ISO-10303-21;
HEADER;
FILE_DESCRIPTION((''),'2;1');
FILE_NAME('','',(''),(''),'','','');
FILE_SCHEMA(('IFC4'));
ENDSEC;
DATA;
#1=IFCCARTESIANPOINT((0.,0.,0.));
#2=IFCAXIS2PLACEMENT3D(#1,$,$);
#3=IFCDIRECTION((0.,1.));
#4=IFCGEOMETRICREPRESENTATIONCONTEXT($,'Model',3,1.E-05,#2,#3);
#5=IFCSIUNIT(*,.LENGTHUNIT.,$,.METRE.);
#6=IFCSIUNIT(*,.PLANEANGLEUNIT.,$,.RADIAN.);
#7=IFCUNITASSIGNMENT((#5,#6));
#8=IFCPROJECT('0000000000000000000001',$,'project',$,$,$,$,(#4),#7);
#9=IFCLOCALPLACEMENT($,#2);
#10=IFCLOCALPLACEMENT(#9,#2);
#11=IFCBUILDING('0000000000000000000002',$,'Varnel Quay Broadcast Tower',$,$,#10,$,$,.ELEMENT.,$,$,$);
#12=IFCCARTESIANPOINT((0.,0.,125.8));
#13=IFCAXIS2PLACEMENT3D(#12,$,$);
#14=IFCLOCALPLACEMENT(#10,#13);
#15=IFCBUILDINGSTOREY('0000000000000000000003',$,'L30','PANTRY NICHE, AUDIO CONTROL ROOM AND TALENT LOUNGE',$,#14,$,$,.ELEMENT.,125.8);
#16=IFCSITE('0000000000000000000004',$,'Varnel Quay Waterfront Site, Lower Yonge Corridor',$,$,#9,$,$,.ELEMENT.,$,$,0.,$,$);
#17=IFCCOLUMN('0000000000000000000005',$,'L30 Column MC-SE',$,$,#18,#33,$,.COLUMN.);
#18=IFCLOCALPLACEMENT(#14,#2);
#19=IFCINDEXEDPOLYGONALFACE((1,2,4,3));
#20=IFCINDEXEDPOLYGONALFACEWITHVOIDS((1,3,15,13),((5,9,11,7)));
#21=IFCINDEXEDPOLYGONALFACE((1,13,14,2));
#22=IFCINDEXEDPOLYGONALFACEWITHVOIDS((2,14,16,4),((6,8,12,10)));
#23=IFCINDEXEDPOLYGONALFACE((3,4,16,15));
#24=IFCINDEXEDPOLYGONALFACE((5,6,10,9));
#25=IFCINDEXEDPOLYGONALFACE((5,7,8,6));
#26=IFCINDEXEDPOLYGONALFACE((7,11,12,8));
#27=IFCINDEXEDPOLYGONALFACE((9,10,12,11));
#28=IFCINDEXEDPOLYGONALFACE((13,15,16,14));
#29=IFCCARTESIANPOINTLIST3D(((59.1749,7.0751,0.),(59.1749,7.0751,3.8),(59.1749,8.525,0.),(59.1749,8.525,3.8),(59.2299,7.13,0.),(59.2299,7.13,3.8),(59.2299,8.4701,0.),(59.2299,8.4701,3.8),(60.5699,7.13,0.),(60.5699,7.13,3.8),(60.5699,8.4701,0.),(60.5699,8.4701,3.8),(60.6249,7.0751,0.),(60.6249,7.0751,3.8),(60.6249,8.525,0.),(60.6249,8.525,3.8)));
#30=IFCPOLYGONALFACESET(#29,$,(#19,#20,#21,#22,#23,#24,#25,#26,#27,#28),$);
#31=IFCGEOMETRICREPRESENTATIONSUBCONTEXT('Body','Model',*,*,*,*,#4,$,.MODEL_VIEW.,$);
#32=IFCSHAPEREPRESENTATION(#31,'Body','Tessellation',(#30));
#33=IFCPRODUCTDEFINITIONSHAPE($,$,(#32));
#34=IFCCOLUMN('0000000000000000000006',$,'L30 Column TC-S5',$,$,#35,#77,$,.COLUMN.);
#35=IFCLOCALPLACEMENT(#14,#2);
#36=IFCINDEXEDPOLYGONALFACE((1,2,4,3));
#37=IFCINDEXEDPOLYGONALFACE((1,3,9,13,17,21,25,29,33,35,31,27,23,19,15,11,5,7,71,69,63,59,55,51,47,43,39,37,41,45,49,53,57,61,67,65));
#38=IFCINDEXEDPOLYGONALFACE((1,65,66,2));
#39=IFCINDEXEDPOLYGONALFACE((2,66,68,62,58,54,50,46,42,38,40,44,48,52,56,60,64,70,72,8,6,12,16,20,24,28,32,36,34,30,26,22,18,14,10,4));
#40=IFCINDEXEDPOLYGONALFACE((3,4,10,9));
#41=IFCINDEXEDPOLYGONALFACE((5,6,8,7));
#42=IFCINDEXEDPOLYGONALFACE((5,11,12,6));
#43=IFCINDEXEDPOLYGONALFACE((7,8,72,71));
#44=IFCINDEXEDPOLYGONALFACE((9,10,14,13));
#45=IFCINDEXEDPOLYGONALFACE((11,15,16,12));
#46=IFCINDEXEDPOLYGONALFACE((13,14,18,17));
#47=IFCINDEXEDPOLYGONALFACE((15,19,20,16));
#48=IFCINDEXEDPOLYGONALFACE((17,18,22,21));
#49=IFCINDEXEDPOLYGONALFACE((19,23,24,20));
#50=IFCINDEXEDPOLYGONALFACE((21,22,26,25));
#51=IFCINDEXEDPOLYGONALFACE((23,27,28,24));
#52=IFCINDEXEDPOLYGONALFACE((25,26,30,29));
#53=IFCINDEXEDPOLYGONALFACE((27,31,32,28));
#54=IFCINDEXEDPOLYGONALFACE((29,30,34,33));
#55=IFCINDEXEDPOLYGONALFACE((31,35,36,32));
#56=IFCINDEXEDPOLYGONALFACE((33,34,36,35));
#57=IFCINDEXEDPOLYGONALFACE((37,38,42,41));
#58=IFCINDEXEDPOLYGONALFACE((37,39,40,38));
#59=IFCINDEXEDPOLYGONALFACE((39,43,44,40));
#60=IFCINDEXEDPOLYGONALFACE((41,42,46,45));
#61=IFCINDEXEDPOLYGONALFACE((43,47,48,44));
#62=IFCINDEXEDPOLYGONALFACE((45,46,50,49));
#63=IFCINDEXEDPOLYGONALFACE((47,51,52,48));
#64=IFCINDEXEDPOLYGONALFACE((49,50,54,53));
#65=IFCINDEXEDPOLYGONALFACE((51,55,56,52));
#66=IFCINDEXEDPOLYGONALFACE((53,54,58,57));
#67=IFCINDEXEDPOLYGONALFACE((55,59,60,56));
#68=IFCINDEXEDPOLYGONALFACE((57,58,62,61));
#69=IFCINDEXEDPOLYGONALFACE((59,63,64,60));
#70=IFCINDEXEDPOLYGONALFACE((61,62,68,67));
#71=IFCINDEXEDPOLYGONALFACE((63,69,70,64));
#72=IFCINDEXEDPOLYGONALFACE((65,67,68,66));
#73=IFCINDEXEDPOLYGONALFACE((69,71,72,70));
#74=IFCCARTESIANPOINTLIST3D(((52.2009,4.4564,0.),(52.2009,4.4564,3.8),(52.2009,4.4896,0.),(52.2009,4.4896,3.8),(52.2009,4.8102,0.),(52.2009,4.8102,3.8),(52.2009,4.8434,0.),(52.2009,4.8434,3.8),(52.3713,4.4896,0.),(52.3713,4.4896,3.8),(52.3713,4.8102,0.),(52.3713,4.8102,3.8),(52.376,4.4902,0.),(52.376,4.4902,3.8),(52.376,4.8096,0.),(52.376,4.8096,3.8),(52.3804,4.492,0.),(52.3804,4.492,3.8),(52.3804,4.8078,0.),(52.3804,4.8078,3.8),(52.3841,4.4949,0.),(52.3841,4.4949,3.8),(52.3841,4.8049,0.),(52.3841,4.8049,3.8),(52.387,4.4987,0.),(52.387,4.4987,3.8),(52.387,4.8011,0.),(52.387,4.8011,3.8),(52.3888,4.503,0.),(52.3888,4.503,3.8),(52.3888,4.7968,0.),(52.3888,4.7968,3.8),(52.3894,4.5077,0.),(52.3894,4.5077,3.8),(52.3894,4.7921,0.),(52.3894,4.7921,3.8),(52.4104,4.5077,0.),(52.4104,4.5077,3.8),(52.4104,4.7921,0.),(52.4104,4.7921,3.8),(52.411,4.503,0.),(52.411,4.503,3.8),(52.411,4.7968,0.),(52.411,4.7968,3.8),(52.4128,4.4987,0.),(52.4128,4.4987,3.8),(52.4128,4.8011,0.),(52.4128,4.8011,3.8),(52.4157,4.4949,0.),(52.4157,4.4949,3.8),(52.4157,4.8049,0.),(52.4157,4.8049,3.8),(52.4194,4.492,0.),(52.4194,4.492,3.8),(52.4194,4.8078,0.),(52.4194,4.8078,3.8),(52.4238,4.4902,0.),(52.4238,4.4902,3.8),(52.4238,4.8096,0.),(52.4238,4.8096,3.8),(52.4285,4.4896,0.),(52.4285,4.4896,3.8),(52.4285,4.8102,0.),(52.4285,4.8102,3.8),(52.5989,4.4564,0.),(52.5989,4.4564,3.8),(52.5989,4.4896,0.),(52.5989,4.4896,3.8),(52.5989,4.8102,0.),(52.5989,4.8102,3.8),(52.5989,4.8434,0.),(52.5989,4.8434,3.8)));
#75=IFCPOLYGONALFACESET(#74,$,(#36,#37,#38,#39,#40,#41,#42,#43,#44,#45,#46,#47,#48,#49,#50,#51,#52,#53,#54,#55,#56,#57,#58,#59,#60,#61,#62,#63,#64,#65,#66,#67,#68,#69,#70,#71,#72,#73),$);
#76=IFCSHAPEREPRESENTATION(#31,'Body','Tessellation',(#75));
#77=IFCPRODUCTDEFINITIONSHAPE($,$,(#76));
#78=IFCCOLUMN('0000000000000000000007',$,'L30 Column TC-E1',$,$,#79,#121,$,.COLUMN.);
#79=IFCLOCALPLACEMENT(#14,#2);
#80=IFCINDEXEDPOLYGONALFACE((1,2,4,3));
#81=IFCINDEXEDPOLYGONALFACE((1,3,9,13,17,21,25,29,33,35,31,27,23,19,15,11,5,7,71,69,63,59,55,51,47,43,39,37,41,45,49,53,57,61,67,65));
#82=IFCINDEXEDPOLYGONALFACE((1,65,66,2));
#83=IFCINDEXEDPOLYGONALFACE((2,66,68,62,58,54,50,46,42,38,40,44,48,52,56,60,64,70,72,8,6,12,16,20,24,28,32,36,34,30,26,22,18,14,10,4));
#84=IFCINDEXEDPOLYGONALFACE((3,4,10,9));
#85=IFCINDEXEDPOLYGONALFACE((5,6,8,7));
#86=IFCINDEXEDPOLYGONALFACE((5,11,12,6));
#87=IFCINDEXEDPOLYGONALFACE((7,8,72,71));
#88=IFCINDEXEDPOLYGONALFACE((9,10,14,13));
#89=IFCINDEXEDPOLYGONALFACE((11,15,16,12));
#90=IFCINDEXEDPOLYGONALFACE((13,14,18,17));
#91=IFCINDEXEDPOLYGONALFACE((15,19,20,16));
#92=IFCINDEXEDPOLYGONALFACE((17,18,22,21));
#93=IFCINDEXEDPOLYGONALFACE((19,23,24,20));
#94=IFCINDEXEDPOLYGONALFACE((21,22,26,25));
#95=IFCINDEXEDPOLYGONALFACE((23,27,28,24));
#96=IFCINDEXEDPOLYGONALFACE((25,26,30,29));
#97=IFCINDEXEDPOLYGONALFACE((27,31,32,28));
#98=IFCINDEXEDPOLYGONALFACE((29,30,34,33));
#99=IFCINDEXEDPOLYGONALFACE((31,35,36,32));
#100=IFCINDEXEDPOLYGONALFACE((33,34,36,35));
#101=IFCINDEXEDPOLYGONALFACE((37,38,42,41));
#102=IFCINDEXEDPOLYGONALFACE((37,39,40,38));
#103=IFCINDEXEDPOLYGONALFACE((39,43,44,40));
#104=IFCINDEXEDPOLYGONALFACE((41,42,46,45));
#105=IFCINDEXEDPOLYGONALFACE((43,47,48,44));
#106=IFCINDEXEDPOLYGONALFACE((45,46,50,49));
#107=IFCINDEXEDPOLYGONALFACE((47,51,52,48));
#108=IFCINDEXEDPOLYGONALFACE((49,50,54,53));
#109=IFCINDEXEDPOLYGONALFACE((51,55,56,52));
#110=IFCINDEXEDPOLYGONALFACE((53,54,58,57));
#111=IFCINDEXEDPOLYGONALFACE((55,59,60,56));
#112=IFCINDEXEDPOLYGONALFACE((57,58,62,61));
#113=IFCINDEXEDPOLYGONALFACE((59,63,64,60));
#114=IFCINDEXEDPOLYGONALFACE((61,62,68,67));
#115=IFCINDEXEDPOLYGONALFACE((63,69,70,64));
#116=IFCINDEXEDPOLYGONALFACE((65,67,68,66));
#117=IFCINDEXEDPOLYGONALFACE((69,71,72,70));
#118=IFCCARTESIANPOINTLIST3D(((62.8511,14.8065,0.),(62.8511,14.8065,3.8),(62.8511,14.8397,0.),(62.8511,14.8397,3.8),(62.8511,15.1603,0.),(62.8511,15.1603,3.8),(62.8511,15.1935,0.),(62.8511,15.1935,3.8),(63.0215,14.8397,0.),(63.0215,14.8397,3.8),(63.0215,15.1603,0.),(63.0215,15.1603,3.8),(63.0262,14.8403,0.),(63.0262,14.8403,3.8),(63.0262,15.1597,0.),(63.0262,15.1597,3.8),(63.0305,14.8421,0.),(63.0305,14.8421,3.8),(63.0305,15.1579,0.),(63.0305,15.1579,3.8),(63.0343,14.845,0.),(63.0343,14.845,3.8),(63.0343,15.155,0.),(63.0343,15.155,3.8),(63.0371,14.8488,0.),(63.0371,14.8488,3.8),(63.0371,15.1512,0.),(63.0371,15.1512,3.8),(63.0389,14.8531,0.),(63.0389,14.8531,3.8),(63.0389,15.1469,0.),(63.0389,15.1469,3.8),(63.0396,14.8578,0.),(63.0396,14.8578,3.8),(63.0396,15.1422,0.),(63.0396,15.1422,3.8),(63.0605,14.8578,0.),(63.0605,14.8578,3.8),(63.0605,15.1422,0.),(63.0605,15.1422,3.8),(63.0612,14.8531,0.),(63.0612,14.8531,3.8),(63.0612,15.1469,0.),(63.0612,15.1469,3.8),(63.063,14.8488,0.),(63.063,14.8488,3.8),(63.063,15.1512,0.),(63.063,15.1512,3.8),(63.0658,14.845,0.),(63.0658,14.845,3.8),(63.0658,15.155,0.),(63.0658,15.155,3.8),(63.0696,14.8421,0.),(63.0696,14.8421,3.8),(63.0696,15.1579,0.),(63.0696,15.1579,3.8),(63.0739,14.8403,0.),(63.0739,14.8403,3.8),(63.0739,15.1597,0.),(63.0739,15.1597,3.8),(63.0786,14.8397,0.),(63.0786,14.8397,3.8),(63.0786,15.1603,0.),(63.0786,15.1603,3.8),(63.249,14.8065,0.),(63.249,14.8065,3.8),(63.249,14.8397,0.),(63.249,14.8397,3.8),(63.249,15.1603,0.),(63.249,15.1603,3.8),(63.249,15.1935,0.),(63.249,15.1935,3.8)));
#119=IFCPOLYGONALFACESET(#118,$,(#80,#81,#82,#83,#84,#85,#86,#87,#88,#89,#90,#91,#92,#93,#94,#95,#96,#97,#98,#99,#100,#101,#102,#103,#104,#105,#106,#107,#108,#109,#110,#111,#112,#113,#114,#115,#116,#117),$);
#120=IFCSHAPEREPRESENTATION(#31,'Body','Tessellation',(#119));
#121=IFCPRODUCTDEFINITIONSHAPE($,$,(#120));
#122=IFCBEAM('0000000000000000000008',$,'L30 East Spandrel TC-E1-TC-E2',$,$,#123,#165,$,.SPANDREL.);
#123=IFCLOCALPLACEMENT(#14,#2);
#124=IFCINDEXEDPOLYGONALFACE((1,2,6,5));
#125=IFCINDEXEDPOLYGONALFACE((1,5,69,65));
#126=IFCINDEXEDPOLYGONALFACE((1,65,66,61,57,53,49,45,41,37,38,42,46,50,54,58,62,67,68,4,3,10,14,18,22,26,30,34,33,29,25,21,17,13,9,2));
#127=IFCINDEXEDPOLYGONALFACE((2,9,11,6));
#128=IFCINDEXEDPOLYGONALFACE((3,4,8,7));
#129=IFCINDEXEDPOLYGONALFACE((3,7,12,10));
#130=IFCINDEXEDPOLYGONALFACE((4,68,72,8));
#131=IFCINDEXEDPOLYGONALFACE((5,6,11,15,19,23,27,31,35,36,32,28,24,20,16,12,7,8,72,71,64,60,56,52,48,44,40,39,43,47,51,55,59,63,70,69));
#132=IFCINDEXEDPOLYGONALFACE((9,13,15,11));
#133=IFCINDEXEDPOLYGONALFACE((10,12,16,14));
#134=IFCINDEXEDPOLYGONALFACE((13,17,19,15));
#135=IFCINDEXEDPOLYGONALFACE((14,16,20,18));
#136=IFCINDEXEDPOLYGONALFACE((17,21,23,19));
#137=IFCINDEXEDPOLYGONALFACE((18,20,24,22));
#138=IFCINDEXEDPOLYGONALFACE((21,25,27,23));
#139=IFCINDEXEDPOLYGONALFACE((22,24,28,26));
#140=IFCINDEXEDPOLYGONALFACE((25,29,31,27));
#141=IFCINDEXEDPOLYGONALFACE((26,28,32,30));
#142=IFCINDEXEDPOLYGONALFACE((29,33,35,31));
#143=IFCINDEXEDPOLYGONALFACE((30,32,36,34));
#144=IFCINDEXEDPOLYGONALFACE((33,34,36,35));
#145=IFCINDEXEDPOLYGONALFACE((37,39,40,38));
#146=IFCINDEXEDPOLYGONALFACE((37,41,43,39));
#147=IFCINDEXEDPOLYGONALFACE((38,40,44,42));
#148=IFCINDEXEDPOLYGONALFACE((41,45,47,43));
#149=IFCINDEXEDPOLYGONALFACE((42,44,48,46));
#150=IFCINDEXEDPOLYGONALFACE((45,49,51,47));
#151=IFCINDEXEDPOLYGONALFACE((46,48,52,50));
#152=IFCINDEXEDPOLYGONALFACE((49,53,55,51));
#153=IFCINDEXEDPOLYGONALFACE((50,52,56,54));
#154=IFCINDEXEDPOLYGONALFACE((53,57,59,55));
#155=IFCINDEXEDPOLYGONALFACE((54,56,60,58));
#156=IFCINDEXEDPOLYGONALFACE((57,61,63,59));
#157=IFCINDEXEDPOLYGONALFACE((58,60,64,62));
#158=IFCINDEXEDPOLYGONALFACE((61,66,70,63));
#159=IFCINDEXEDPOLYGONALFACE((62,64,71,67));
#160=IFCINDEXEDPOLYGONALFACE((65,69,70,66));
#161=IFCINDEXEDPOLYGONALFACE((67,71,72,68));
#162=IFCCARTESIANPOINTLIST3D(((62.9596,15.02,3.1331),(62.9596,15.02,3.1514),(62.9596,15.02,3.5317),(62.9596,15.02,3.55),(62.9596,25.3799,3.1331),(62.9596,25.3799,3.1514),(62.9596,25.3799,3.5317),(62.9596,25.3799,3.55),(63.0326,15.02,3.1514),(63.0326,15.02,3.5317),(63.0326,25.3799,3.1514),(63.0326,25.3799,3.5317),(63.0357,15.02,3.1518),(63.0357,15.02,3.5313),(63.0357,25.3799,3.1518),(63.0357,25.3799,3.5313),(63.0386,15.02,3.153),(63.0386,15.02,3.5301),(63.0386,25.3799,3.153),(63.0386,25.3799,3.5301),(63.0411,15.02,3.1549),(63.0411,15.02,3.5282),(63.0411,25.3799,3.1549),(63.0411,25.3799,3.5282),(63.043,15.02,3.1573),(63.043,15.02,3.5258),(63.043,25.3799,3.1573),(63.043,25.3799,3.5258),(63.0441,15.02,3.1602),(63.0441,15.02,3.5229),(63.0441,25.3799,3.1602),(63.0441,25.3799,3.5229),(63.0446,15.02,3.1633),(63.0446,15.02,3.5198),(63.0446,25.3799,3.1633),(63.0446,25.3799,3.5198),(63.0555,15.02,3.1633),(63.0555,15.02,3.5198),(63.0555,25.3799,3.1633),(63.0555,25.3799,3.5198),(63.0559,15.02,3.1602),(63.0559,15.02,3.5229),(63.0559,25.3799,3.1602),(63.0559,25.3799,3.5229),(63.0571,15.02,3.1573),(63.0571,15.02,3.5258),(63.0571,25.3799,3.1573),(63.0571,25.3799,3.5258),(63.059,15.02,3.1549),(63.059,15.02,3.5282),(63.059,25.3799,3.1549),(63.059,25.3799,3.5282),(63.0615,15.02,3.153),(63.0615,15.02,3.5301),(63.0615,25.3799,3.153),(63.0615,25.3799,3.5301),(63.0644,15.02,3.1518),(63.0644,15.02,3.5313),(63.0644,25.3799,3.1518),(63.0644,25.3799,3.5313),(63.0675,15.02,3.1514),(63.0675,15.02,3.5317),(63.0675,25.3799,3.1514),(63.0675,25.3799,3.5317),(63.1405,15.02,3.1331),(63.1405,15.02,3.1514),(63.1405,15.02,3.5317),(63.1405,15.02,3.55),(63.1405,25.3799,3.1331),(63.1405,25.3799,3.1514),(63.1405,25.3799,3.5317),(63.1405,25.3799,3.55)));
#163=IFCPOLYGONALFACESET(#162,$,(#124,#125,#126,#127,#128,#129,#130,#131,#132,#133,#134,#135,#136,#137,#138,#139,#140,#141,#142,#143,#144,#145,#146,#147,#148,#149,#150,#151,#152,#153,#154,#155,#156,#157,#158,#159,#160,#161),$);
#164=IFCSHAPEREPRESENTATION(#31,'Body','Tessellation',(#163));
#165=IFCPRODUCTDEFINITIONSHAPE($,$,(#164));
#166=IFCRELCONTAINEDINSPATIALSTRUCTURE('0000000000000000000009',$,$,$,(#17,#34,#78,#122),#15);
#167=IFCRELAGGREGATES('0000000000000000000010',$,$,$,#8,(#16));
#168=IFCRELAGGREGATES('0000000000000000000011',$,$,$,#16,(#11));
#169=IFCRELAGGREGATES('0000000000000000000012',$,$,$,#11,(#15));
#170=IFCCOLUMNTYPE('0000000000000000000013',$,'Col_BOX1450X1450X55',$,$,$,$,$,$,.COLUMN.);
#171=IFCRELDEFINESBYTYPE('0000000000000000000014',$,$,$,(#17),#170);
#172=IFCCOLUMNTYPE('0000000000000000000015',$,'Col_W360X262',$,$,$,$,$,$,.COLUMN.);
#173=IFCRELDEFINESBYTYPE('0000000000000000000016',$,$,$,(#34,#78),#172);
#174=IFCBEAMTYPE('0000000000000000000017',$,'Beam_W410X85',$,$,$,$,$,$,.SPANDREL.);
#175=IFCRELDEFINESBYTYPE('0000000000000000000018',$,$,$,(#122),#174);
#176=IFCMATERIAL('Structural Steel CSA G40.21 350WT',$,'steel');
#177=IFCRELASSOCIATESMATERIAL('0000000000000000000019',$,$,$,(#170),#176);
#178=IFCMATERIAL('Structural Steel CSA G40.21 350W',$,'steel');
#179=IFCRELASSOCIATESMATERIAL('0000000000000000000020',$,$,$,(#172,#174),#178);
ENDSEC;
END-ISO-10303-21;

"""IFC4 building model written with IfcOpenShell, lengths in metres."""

from ifc_helpers import new_model, si_unit, direction, frame, origin, origin_2d, place, context, subcontext, project, spatial, hollow_rectangle, i_section, extrude, source, transform, mapped, material, material_profile, profile_set, type_object, type_shapes, element, save


model = new_model("IFC4")

# Units and contexts
model_context = context("Model", 3, precision=1e-05, world=origin(), true_north=direction((0.0, 1.0)))
body_context = subcontext(model_context, "Body", "Model", "MODEL_VIEW")
ifc_project = project(units=[si_unit("LENGTHUNIT", "METRE"), si_unit("PLANEANGLEUNIT", "RADIAN")], contexts=[model_context])

# Site, building, storey
site_placement = place(None, origin())
site = spatial("IfcSite", under=ifc_project, at=site_placement, Name="Varnel Quay Waterfront Site, Lower Yonge Corridor", CompositionType="ELEMENT", RefElevation=0.0)
building_placement = place(site_placement, origin())
building = spatial("IfcBuilding", under=site, at=building_placement, Name="Varnel Quay Broadcast Tower", CompositionType="ELEMENT")
storey_placement = place(building_placement, frame((0.0, 0.0, 125.8)))
storey = spatial("IfcBuildingStorey", under=building, at=storey_placement, Name="L30", Description="PANTRY NICHE, AUDIO CONTROL ROOM AND TALENT LOUNGE", CompositionType="ELEMENT", Elevation=125.8)

# Columns
ifc_material_1 = material(Name="Structural Steel CSA G40.21 350WT", Category="steel")
ifc_material_profile_1 = material_profile(ifc_material_1, hollow_rectangle(XDim=1.45, YDim=1.45, WallThickness=0.0549, at=origin_2d()), Name="BOX1450X1450X55")
ifc_profile_set_1 = profile_set([ifc_material_profile_1], Name="Structural Steel CSA G40.21 350WT")
column_type_1 = type_object("IfcColumnType", Name="Col_BOX1450X1450X55", PredefinedType="COLUMN", material=ifc_profile_set_1)
shared_shape_1 = source(origin(), body_context, "Body", "SweptSolid", [
    extrude(hollow_rectangle(XDim=1.45, YDim=1.45, WallThickness=0.0549, at=origin_2d()), origin(), (0.0, 0.0, 1.0), 3.8),
])
type_shapes(column_type_1, [shared_shape_1])
column_placement = place(storey_placement, frame((59.8999, 7.8, 0.0), z_axis=(0.0, 0.0, 1.0), x_axis=(1.0, 0.0, 0.0)))
element("IfcColumn", 1, at=column_placement, inside=storey, type_object=column_type_1, Name="L30 Column MC-SE", PredefinedType="COLUMN", context=body_context, shape_type="MappedRepresentation", body=[
    mapped(shared_shape_1, transform((0.0, 0.0, 0.0), x_axis=(1.0, 0.0, 0.0), y_axis=(0.0, 1.0, 0.0), z_axis=(0.0, 0.0, 1.0), scale=1.0)),
])
ifc_material_2 = material(Name="Structural Steel CSA G40.21 350W", Category="steel")
ifc_material_profile_2 = material_profile(ifc_material_2, i_section(OverallWidth=0.3979, OverallDepth=0.387, WebThickness=0.021, FlangeThickness=0.0332, FilletRadius=0.0181, at=origin_2d()), Name="W360X262")
ifc_profile_set_2 = profile_set([ifc_material_profile_2], Name="Structural Steel CSA G40.21 350W")
column_type_2 = type_object("IfcColumnType", Name="Col_W360X262", PredefinedType="COLUMN", material=ifc_profile_set_2)
shared_shape_2 = source(origin(), body_context, "Body", "SweptSolid", [
    extrude(i_section(OverallWidth=0.3979, OverallDepth=0.387, WebThickness=0.021, FlangeThickness=0.0332, FilletRadius=0.0181, at=origin_2d()), origin(), (0.0, 0.0, 1.0), 3.8),
])
type_shapes(column_type_2, [shared_shape_2])
for number, where, z_axis, x_axis, name in (
    (2, (52.3999, 4.6499, 0.0), (0.0, 0.0, 1.0), (1.0, 0.0, 0.0), "L30 Column TC-S5"),
    (3, (63.05, 15.0, 0.0), (0.0, 0.0, 1.0), (1.0, 0.0, 0.0), "L30 Column TC-E1"),
):
    element("IfcColumn", number, at=place(storey_placement, frame(where, z_axis=z_axis, x_axis=x_axis)), inside=storey, type_object=column_type_2, Name=name, PredefinedType="COLUMN", context=body_context, shape_type="MappedRepresentation", body=[
        mapped(shared_shape_2, transform((0.0, 0.0, 0.0), x_axis=(1.0, 0.0, 0.0), y_axis=(0.0, 1.0, 0.0), z_axis=(0.0, 0.0, 1.0), scale=1.0)),
    ])

# Beam
ifc_material_profile_3 = material_profile(ifc_material_2, i_section(OverallWidth=0.1809, OverallDepth=0.417, WebThickness=0.011, FlangeThickness=0.0183, FilletRadius=0.012, at=origin_2d()), Name="W410X85")
ifc_profile_set_3 = profile_set([ifc_material_profile_3], Name="Structural Steel CSA G40.21 350W")
beam_type = type_object("IfcBeamType", Name="Beam_W410X85", PredefinedType="SPANDREL", material=ifc_profile_set_3)
shared_shape_3 = source(origin(), body_context, "Body", "SweptSolid", [
    extrude(i_section(OverallWidth=0.1809, OverallDepth=0.417, WebThickness=0.011, FlangeThickness=0.0183, FilletRadius=0.012, at=origin_2d()), origin(), (0.0, 0.0, 1.0), 10.3599),
])
beam_1_placement = place(storey_placement, frame((63.05, 15.02, 3.3416), z_axis=(0.0, 1.0, 0.0), x_axis=(-1.0, 0.0, 0.0)))
element("IfcBeam", 4, at=beam_1_placement, inside=storey, type_object=beam_type, Name="L30 East Spandrel TC-E1-TC-E2", PredefinedType="SPANDREL", context=body_context, shape_type="MappedRepresentation", body=[
    mapped(shared_shape_3, transform((0.0, 0.0, 0.0), x_axis=(1.0, 0.0, 0.0), y_axis=(0.0, 1.0, 0.0), z_axis=(0.0, 0.0, 1.0), scale=1.0)),
])

save(model, "model.ifc")
